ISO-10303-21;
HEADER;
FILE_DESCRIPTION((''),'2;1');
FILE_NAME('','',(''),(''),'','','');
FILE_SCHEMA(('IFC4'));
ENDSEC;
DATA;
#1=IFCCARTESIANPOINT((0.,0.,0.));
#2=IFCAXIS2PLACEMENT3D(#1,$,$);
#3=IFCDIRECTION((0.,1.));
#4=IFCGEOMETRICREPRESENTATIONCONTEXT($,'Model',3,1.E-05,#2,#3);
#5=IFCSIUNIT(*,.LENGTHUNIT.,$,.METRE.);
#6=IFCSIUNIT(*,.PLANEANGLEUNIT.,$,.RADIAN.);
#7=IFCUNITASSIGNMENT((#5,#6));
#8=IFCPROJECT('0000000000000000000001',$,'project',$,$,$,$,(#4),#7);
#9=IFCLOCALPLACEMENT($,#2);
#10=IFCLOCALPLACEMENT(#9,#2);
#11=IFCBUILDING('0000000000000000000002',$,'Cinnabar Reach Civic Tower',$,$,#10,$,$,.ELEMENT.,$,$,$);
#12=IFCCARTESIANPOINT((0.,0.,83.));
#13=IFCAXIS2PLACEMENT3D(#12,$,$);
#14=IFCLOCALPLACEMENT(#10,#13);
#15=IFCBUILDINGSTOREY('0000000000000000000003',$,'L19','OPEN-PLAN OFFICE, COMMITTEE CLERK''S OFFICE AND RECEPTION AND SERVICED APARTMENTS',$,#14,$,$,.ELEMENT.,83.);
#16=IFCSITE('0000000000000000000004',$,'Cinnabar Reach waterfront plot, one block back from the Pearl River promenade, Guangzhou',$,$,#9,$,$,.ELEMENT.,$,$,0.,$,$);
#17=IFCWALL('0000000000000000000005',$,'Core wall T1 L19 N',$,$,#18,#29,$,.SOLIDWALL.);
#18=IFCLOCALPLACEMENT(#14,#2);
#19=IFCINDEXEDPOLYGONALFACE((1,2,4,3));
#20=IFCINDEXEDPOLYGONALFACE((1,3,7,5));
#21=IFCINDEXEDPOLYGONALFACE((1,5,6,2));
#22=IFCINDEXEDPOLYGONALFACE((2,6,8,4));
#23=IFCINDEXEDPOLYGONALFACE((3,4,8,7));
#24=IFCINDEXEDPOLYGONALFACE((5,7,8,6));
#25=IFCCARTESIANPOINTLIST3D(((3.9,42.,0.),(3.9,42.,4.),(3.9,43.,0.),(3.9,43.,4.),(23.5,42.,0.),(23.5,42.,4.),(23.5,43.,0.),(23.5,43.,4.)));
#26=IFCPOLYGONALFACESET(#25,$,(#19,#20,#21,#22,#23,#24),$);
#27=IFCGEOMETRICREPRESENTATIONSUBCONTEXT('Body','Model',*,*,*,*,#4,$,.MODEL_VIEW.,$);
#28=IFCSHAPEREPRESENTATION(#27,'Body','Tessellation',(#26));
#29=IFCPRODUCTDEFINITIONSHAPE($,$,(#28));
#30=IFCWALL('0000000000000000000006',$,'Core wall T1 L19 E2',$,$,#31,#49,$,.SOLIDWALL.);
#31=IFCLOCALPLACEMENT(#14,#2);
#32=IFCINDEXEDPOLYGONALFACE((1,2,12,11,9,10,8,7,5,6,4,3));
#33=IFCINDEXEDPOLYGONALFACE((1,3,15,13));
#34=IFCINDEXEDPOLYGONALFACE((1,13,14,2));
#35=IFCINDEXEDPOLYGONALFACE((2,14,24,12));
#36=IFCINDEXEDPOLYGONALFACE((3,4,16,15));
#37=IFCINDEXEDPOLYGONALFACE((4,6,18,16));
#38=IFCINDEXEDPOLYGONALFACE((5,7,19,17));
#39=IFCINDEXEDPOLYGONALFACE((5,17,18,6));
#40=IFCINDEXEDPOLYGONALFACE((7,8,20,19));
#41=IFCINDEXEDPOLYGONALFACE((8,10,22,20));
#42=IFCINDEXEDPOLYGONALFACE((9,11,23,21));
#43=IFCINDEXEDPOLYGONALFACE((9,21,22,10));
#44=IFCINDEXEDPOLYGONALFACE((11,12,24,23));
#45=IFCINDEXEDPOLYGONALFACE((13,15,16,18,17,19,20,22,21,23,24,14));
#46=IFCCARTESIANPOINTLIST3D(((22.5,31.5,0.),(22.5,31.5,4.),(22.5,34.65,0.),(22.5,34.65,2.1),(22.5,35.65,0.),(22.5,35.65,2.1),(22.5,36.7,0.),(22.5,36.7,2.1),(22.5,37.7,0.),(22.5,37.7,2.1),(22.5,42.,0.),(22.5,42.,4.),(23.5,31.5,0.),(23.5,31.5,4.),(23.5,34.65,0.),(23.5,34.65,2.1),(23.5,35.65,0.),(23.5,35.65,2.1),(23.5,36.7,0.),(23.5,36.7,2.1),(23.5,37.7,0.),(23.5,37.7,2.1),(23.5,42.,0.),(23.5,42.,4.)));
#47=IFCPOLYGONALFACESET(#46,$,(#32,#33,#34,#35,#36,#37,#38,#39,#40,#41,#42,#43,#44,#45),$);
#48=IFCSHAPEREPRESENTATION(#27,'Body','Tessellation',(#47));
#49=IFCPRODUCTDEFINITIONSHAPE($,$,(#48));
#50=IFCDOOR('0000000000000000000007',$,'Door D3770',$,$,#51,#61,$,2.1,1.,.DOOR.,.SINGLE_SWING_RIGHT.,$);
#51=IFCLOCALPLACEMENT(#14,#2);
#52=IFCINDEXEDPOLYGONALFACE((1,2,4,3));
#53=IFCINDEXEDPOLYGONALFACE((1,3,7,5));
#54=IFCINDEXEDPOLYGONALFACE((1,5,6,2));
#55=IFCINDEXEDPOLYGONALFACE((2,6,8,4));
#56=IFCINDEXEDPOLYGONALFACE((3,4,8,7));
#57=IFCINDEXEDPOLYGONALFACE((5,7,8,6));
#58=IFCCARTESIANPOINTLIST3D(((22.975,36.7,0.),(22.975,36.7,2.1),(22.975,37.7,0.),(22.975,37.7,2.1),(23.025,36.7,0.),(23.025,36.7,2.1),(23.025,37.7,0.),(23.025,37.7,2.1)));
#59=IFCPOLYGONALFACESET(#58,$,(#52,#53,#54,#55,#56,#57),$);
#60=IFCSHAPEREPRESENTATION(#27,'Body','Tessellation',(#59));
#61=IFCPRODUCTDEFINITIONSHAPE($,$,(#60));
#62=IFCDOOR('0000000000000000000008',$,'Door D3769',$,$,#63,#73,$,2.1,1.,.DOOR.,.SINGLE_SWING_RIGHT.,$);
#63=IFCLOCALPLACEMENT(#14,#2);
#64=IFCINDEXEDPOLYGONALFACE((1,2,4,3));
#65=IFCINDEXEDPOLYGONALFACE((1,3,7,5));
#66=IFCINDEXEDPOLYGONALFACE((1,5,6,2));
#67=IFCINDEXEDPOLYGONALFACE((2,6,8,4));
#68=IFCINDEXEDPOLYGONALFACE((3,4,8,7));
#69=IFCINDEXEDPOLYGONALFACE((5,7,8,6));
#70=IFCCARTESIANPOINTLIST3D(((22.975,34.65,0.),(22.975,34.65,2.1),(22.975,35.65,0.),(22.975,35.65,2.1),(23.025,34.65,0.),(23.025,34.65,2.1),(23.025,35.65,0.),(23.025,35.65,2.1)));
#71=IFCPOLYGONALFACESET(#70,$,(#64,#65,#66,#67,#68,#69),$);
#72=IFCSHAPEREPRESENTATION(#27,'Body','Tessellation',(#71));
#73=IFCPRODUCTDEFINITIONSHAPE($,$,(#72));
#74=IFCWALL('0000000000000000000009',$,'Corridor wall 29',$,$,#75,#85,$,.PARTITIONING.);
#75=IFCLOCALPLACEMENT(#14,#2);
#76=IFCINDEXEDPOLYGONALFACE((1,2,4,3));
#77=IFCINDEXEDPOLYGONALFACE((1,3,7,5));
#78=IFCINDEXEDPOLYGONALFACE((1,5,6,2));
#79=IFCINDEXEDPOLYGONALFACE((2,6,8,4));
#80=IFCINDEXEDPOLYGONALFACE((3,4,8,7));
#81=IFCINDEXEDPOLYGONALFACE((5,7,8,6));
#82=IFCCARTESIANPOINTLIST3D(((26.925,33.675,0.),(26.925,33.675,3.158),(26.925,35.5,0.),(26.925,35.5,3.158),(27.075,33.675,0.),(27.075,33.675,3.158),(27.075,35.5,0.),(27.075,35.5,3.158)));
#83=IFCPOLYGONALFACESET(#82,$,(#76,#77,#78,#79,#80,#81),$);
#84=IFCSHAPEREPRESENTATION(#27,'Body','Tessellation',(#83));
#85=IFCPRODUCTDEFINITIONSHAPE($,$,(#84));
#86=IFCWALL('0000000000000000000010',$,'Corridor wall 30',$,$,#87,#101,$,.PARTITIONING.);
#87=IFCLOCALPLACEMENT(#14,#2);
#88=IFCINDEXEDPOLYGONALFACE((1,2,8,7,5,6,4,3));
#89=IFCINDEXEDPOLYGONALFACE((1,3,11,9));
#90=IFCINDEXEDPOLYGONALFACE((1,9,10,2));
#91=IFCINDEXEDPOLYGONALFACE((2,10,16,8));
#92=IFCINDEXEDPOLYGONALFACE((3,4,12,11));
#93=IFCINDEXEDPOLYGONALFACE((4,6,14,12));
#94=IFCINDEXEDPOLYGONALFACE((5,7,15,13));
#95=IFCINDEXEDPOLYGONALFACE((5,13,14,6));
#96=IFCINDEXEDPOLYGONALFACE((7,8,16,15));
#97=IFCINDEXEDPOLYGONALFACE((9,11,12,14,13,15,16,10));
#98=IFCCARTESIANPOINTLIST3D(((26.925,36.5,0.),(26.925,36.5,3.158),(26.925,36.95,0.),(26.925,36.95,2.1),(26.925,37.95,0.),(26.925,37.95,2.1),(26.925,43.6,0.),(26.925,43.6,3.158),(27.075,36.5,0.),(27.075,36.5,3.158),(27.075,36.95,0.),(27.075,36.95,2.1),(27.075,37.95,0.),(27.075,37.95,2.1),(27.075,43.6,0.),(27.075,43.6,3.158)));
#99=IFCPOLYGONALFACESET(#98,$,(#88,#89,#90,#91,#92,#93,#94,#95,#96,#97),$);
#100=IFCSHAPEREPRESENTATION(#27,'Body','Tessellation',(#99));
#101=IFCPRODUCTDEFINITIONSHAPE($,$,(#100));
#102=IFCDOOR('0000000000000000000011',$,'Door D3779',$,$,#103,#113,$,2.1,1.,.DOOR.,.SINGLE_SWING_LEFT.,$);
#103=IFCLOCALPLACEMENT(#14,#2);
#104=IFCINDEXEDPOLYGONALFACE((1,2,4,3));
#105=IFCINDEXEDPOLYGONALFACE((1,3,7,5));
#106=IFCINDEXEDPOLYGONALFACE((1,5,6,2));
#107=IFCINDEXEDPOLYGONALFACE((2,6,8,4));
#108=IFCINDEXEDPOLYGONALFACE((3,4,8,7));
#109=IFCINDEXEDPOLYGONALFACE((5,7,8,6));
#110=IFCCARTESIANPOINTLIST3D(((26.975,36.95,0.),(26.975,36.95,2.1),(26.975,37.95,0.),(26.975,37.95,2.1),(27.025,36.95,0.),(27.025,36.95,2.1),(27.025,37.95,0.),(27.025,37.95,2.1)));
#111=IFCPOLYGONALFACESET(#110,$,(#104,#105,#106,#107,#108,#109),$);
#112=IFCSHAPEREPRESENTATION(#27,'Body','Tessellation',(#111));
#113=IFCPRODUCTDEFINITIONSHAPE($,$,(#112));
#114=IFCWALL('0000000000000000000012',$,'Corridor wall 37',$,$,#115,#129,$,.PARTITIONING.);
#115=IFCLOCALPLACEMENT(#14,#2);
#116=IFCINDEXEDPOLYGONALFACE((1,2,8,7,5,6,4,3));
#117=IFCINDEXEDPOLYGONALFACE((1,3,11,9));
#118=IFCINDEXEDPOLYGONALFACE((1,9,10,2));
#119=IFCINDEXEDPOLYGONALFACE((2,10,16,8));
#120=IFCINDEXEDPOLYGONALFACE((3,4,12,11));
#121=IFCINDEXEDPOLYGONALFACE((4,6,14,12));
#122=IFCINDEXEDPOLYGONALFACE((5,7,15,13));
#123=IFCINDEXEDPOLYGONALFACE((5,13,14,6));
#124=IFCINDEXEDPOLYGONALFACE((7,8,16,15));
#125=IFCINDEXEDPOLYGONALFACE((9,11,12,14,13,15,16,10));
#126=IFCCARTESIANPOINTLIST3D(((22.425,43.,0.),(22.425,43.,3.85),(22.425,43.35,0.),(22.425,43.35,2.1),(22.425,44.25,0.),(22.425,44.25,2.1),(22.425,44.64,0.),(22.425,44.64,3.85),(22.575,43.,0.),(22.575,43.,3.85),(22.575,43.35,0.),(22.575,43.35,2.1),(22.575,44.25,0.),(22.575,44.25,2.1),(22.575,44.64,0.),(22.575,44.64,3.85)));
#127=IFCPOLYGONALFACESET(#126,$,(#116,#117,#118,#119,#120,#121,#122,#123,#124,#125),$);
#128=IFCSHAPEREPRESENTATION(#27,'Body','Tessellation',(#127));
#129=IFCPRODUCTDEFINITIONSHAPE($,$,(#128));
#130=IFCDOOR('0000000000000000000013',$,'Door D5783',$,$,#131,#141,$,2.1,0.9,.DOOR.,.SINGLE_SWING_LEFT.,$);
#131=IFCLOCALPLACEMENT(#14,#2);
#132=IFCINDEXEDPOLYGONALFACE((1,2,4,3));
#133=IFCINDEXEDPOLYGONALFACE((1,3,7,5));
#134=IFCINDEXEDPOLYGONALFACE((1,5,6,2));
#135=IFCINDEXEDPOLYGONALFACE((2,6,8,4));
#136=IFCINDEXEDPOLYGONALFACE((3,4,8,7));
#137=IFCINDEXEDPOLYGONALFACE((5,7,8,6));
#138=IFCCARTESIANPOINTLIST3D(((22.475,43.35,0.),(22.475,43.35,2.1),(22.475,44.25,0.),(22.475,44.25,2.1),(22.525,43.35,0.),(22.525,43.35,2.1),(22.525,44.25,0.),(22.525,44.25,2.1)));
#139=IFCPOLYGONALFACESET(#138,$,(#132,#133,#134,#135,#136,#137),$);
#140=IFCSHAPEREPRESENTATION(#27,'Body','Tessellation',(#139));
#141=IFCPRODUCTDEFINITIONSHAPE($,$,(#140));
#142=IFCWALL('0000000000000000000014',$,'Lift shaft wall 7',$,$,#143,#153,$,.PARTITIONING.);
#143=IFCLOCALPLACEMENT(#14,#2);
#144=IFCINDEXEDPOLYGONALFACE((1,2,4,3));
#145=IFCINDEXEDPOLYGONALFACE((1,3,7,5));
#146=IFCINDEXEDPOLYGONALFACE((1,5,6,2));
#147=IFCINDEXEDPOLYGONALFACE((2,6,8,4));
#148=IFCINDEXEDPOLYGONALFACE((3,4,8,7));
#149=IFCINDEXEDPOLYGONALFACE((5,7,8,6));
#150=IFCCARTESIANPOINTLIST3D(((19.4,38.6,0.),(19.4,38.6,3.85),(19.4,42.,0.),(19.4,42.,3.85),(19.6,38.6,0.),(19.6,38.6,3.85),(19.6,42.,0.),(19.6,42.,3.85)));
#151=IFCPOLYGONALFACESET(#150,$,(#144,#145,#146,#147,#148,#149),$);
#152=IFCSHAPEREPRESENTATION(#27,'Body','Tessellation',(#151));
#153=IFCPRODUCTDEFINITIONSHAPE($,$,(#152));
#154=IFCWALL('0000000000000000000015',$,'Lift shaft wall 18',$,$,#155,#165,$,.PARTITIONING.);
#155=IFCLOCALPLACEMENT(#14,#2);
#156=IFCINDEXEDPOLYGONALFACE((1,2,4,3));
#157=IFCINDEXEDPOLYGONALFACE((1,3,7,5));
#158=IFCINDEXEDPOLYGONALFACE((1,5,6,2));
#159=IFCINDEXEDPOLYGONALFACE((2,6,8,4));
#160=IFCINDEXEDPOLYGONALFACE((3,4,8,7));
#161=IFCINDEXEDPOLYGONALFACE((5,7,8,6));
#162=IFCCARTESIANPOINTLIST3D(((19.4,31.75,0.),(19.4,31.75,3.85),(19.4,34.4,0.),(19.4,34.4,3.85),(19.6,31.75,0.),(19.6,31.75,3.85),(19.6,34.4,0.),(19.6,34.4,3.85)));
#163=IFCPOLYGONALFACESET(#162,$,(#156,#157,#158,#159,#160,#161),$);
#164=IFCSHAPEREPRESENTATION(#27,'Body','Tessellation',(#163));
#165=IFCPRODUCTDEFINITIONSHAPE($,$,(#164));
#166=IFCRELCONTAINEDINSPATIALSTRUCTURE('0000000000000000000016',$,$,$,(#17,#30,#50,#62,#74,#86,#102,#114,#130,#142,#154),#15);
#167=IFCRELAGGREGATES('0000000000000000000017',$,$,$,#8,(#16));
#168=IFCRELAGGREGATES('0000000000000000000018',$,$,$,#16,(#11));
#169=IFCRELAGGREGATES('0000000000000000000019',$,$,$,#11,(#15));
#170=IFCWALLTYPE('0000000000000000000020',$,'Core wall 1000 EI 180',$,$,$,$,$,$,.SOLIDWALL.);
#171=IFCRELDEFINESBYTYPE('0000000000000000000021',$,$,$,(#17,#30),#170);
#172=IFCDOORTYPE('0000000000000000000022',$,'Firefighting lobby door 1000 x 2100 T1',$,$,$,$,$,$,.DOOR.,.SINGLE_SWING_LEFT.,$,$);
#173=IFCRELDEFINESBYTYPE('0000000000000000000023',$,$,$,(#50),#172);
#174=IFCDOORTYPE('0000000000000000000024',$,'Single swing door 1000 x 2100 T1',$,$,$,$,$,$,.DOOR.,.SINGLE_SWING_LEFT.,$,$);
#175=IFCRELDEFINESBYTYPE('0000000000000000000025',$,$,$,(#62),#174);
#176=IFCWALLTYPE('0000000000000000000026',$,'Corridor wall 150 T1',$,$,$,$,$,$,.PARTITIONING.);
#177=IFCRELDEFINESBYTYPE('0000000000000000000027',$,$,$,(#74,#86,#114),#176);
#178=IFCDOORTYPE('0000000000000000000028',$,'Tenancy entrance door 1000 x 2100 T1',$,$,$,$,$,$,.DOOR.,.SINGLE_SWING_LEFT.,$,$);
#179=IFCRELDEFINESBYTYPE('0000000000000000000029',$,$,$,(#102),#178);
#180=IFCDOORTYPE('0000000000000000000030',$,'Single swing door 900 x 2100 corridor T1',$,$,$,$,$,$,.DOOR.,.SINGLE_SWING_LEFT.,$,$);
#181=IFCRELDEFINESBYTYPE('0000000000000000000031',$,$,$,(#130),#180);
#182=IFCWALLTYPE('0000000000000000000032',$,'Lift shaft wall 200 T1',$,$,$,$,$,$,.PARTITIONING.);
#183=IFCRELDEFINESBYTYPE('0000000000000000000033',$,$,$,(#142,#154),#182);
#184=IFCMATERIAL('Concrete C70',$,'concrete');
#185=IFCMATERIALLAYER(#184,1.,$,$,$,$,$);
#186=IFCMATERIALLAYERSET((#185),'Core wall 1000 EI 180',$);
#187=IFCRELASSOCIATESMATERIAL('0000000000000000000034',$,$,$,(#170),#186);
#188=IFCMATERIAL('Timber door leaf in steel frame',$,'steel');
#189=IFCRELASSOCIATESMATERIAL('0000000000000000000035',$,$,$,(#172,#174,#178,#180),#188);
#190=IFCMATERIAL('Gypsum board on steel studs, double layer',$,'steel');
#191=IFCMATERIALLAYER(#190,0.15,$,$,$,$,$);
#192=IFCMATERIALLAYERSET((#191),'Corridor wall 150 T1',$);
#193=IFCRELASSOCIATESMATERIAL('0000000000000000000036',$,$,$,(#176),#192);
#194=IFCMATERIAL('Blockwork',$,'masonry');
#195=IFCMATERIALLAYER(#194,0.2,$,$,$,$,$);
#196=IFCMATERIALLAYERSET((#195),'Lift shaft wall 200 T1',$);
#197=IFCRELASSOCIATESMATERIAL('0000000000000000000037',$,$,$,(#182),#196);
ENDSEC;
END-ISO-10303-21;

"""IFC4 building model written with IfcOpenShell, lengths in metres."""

from ifc_helpers import new_model, si_unit, direction, frame, frame_2d, origin, place, context, subcontext, project, spatial, rectangle, extrude, material, layer, layer_set, type_object, element, fill, save


model = new_model("IFC4")

# Units and contexts
model_context = context("Model", 3, precision=1e-05, world=origin(), true_north=direction((0.0, 1.0)))
body_context = subcontext(model_context, "Body", "Model", "MODEL_VIEW")
ifc_project = project(units=[si_unit("LENGTHUNIT", "METRE"), si_unit("PLANEANGLEUNIT", "RADIAN")], contexts=[model_context])

# Site, building, storey
site_placement = place(None, origin())
site = spatial("IfcSite", under=ifc_project, at=site_placement, Name="Cinnabar Reach waterfront plot, one block back from the Pearl River promenade, Guangzhou", CompositionType="ELEMENT", RefElevation=0.0)
building_placement = place(site_placement, origin())
building = spatial("IfcBuilding", under=site, at=building_placement, Name="Cinnabar Reach Civic Tower", CompositionType="ELEMENT")
storey_placement = place(building_placement, frame((0.0, 0.0, 83.0)))
storey = spatial("IfcBuildingStorey", under=building, at=storey_placement, Name="L19", Description="OPEN-PLAN OFFICE, COMMITTEE CLERK'S OFFICE AND RECEPTION AND SERVICED APARTMENTS", CompositionType="ELEMENT", Elevation=83.0)

# Shared definitions
ifc_material_1 = material(Name="Concrete C70", Category="concrete")

# Wall
ifc_layer_1 = layer(ifc_material_1, 1.0)
ifc_layer_set_1 = layer_set([ifc_layer_1], Name="Core wall 1000 EI 180")
wall_type_1 = type_object("IfcWallType", Name="Core wall 1000 EI 180", PredefinedType="SOLIDWALL", material=ifc_layer_set_1)
wall_1_placement = place(storey_placement, frame((23.5, 42.5, 0.0), z_axis=(0.0, 0.0, 1.0), x_axis=(-1.0, 0.0, 0.0)))
element("IfcWall", 1, at=wall_1_placement, inside=storey, type_object=wall_type_1, Name="Core wall T1 L19 N", PredefinedType="SOLIDWALL", context=body_context, shape_type="SweptSolid", body=[
    extrude(rectangle(XDim=19.6, YDim=1.0, at=frame_2d((9.8, 0.0))), origin(), (0.0, 0.0, 1.0), 4.0),
])

# Wall, openings, doors
wall_2_placement = place(storey_placement, frame((23.0, 31.5, 0.0), z_axis=(0.0, 0.0, 1.0), x_axis=(0.0, 1.0, 0.0)))
wall_2 = element("IfcWall", 2, at=wall_2_placement, inside=storey, type_object=wall_type_1, Name="Core wall T1 L19 E2", PredefinedType="SOLIDWALL", context=body_context, shape_type="SweptSolid", body=[
    extrude(rectangle(XDim=10.5, YDim=1.0, at=frame_2d((5.25, 0.0))), origin(), (0.0, 0.0, 1.0), 4.0),
])
opening_1_placement = place(wall_2_placement, frame((3.15, 0.0, 0.0)))
opening_1 = element("IfcOpeningElement", 3, at=opening_1_placement, cuts=wall_2, PredefinedType="OPENING", context=body_context, shape_type="SweptSolid", body=[
    extrude(rectangle(XDim=1.0, YDim=2.1, at=frame_2d((0.5, 1.05))), frame((0.0, 0.51, 0.0), z_axis=(0.0, -1.0, 0.0), x_axis=(1.0, 0.0, 0.0)), (0.0, 0.0, 1.0), 1.02),
])
opening_2_placement = place(wall_2_placement, frame((5.2, 0.0, 0.0)))
opening_2 = element("IfcOpeningElement", 4, at=opening_2_placement, cuts=wall_2, PredefinedType="OPENING", context=body_context, shape_type="SweptSolid", body=[
    extrude(rectangle(XDim=1.0, YDim=2.1, at=frame_2d((0.5, 1.05))), frame((0.0, 0.51, 0.0), z_axis=(0.0, -1.0, 0.0), x_axis=(1.0, 0.0, 0.0)), (0.0, 0.0, 1.0), 1.02),
])
ifc_material_2 = material(Name="Timber door leaf in steel frame", Category="steel")
door_type_1 = type_object("IfcDoorType", Name="Firefighting lobby door 1000 x 2100 T1", OperationType="SINGLE_SWING_LEFT", PredefinedType="DOOR", material=ifc_material_2)
door_1_placement = place(opening_2_placement, origin())
door_1 = element("IfcDoor", 5, at=door_1_placement, inside=storey, type_object=door_type_1, Name="Door D3770", OperationType="SINGLE_SWING_RIGHT", OverallHeight=2.1, OverallWidth=1.0, PredefinedType="DOOR", context=body_context, shape_type="SweptSolid", body=[
    extrude(rectangle(XDim=1.0, YDim=2.1, at=frame_2d((0.5, 1.05))), frame((0.0, 0.025, 0.0), z_axis=(0.0, -1.0, 0.0), x_axis=(1.0, 0.0, 0.0)), (0.0, 0.0, 1.0), 0.05),
])
fill(opening_2, door_1)
door_type_2 = type_object("IfcDoorType", Name="Single swing door 1000 x 2100 T1", OperationType="SINGLE_SWING_LEFT", PredefinedType="DOOR", material=ifc_material_2)
door_2_placement = place(opening_1_placement, origin())
door_2 = element("IfcDoor", 6, at=door_2_placement, inside=storey, type_object=door_type_2, Name="Door D3769", OperationType="SINGLE_SWING_RIGHT", OverallHeight=2.1, OverallWidth=1.0, PredefinedType="DOOR", context=body_context, shape_type="SweptSolid", body=[
    extrude(rectangle(XDim=1.0, YDim=2.1, at=frame_2d((0.5, 1.05))), frame((0.0, 0.025, 0.0), z_axis=(0.0, -1.0, 0.0), x_axis=(1.0, 0.0, 0.0)), (0.0, 0.0, 1.0), 0.05),
])
fill(opening_1, door_2)

# Wall
ifc_material_3 = material(Name="Gypsum board on steel studs, double layer", Category="steel")
ifc_layer_2 = layer(ifc_material_3, 0.15)
ifc_layer_set_2 = layer_set([ifc_layer_2], Name="Corridor wall 150 T1")
wall_type_2 = type_object("IfcWallType", Name="Corridor wall 150 T1", PredefinedType="PARTITIONING", material=ifc_layer_set_2)
wall_3_placement = place(storey_placement, frame((27.0, 33.675, 0.0), z_axis=(0.0, 0.0, 1.0), x_axis=(0.0, 1.0, 0.0)))
element("IfcWall", 7, at=wall_3_placement, inside=storey, type_object=wall_type_2, Name="Corridor wall 29", PredefinedType="PARTITIONING", context=body_context, shape_type="SweptSolid", body=[
    extrude(rectangle(XDim=1.825, YDim=0.15, at=frame_2d((0.9125, 0.0))), origin(), (0.0, 0.0, 1.0), 3.158),
])

# Walls, openings, doors
wall_4_placement = place(storey_placement, frame((27.0, 36.5, 0.0), z_axis=(0.0, 0.0, 1.0), x_axis=(0.0, 1.0, 0.0)))
wall_4 = element("IfcWall", 8, at=wall_4_placement, inside=storey, type_object=wall_type_2, Name="Corridor wall 30", PredefinedType="PARTITIONING", context=body_context, shape_type="SweptSolid", body=[
    extrude(rectangle(XDim=7.1, YDim=0.15, at=frame_2d((3.55, 0.0))), origin(), (0.0, 0.0, 1.0), 3.158),
])
opening_3_placement = place(wall_4_placement, frame((0.45, 0.0, 0.0)))
opening_3 = element("IfcOpeningElement", 9, at=opening_3_placement, cuts=wall_4, PredefinedType="OPENING", context=body_context, shape_type="SweptSolid", body=[
    extrude(rectangle(XDim=1.0, YDim=2.1, at=frame_2d((0.5, 1.05))), frame((0.0, 0.085, 0.0), z_axis=(0.0, -1.0, 0.0), x_axis=(1.0, 0.0, 0.0)), (0.0, 0.0, 1.0), 0.17),
])
door_type_3 = type_object("IfcDoorType", Name="Tenancy entrance door 1000 x 2100 T1", OperationType="SINGLE_SWING_LEFT", PredefinedType="DOOR", material=ifc_material_2)
door_3_placement = place(opening_3_placement, frame((1.0, 0.0, 0.0), z_axis=(0.0, 0.0, 1.0), x_axis=(-1.0, 0.0, 0.0)))
door_3 = element("IfcDoor", 10, at=door_3_placement, inside=storey, type_object=door_type_3, Name="Door D3779", OperationType="SINGLE_SWING_LEFT", OverallHeight=2.1, OverallWidth=1.0, PredefinedType="DOOR", context=body_context, shape_type="SweptSolid", body=[
    extrude(rectangle(XDim=1.0, YDim=2.1, at=frame_2d((0.5, 1.05))), frame((0.0, 0.025, 0.0), z_axis=(0.0, -1.0, 0.0), x_axis=(1.0, 0.0, 0.0)), (0.0, 0.0, 1.0), 0.05),
])
fill(opening_3, door_3)
wall_5_placement = place(storey_placement, frame((22.5, 43.0, 0.0), z_axis=(0.0, 0.0, 1.0), x_axis=(0.0, 1.0, 0.0)))
wall_5 = element("IfcWall", 11, at=wall_5_placement, inside=storey, type_object=wall_type_2, Name="Corridor wall 37", PredefinedType="PARTITIONING", context=body_context, shape_type="SweptSolid", body=[
    extrude(rectangle(XDim=1.64, YDim=0.15, at=frame_2d((0.82, 0.0))), origin(), (0.0, 0.0, 1.0), 3.85),
])
opening_4_placement = place(wall_5_placement, frame((0.35, 0.0, 0.0)))
opening_4 = element("IfcOpeningElement", 12, at=opening_4_placement, cuts=wall_5, PredefinedType="OPENING", context=body_context, shape_type="SweptSolid", body=[
    extrude(rectangle(XDim=0.9, YDim=2.1, at=frame_2d((0.45, 1.05))), frame((0.0, 0.085, 0.0), z_axis=(0.0, -1.0, 0.0), x_axis=(1.0, 0.0, 0.0)), (0.0, 0.0, 1.0), 0.17),
])
door_type_4 = type_object("IfcDoorType", Name="Single swing door 900 x 2100 corridor T1", OperationType="SINGLE_SWING_LEFT", PredefinedType="DOOR", material=ifc_material_2)
door_4_placement = place(opening_4_placement, origin())
door_4 = element("IfcDoor", 13, at=door_4_placement, inside=storey, type_object=door_type_4, Name="Door D5783", OperationType="SINGLE_SWING_LEFT", OverallHeight=2.1, OverallWidth=0.9, PredefinedType="DOOR", context=body_context, shape_type="SweptSolid", body=[
    extrude(rectangle(XDim=0.9, YDim=2.1, at=frame_2d((0.45, 1.05))), frame((0.0, 0.025, 0.0), z_axis=(0.0, -1.0, 0.0), x_axis=(1.0, 0.0, 0.0)), (0.0, 0.0, 1.0), 0.05),
])
fill(opening_4, door_4)

# Walls
ifc_material_4 = material(Name="Blockwork", Category="masonry")
ifc_layer_3 = layer(ifc_material_4, 0.2)
ifc_layer_set_3 = layer_set([ifc_layer_3], Name="Lift shaft wall 200 T1")
wall_type_3 = type_object("IfcWallType", Name="Lift shaft wall 200 T1", PredefinedType="PARTITIONING", material=ifc_layer_set_3)
wall_6_placement = place(storey_placement, frame((19.5, 38.6, 0.0), z_axis=(0.0, 0.0, 1.0), x_axis=(0.0, 1.0, 0.0)))
element("IfcWall", 14, at=wall_6_placement, inside=storey, type_object=wall_type_3, Name="Lift shaft wall 7", PredefinedType="PARTITIONING", context=body_context, shape_type="SweptSolid", body=[
    extrude(rectangle(XDim=3.4, YDim=0.2, at=frame_2d((1.7, 0.0))), origin(), (0.0, 0.0, 1.0), 3.85),
])
wall_7_placement = place(storey_placement, frame((19.5, 31.75, 0.0), z_axis=(0.0, 0.0, 1.0), x_axis=(0.0, 1.0, 0.0)))
element("IfcWall", 15, at=wall_7_placement, inside=storey, type_object=wall_type_3, Name="Lift shaft wall 18", PredefinedType="PARTITIONING", context=body_context, shape_type="SweptSolid", body=[
    extrude(rectangle(XDim=2.65, YDim=0.2, at=frame_2d((1.325, 0.0))), origin(), (0.0, 0.0, 1.0), 3.85),
])

save(model, "model.ifc")
